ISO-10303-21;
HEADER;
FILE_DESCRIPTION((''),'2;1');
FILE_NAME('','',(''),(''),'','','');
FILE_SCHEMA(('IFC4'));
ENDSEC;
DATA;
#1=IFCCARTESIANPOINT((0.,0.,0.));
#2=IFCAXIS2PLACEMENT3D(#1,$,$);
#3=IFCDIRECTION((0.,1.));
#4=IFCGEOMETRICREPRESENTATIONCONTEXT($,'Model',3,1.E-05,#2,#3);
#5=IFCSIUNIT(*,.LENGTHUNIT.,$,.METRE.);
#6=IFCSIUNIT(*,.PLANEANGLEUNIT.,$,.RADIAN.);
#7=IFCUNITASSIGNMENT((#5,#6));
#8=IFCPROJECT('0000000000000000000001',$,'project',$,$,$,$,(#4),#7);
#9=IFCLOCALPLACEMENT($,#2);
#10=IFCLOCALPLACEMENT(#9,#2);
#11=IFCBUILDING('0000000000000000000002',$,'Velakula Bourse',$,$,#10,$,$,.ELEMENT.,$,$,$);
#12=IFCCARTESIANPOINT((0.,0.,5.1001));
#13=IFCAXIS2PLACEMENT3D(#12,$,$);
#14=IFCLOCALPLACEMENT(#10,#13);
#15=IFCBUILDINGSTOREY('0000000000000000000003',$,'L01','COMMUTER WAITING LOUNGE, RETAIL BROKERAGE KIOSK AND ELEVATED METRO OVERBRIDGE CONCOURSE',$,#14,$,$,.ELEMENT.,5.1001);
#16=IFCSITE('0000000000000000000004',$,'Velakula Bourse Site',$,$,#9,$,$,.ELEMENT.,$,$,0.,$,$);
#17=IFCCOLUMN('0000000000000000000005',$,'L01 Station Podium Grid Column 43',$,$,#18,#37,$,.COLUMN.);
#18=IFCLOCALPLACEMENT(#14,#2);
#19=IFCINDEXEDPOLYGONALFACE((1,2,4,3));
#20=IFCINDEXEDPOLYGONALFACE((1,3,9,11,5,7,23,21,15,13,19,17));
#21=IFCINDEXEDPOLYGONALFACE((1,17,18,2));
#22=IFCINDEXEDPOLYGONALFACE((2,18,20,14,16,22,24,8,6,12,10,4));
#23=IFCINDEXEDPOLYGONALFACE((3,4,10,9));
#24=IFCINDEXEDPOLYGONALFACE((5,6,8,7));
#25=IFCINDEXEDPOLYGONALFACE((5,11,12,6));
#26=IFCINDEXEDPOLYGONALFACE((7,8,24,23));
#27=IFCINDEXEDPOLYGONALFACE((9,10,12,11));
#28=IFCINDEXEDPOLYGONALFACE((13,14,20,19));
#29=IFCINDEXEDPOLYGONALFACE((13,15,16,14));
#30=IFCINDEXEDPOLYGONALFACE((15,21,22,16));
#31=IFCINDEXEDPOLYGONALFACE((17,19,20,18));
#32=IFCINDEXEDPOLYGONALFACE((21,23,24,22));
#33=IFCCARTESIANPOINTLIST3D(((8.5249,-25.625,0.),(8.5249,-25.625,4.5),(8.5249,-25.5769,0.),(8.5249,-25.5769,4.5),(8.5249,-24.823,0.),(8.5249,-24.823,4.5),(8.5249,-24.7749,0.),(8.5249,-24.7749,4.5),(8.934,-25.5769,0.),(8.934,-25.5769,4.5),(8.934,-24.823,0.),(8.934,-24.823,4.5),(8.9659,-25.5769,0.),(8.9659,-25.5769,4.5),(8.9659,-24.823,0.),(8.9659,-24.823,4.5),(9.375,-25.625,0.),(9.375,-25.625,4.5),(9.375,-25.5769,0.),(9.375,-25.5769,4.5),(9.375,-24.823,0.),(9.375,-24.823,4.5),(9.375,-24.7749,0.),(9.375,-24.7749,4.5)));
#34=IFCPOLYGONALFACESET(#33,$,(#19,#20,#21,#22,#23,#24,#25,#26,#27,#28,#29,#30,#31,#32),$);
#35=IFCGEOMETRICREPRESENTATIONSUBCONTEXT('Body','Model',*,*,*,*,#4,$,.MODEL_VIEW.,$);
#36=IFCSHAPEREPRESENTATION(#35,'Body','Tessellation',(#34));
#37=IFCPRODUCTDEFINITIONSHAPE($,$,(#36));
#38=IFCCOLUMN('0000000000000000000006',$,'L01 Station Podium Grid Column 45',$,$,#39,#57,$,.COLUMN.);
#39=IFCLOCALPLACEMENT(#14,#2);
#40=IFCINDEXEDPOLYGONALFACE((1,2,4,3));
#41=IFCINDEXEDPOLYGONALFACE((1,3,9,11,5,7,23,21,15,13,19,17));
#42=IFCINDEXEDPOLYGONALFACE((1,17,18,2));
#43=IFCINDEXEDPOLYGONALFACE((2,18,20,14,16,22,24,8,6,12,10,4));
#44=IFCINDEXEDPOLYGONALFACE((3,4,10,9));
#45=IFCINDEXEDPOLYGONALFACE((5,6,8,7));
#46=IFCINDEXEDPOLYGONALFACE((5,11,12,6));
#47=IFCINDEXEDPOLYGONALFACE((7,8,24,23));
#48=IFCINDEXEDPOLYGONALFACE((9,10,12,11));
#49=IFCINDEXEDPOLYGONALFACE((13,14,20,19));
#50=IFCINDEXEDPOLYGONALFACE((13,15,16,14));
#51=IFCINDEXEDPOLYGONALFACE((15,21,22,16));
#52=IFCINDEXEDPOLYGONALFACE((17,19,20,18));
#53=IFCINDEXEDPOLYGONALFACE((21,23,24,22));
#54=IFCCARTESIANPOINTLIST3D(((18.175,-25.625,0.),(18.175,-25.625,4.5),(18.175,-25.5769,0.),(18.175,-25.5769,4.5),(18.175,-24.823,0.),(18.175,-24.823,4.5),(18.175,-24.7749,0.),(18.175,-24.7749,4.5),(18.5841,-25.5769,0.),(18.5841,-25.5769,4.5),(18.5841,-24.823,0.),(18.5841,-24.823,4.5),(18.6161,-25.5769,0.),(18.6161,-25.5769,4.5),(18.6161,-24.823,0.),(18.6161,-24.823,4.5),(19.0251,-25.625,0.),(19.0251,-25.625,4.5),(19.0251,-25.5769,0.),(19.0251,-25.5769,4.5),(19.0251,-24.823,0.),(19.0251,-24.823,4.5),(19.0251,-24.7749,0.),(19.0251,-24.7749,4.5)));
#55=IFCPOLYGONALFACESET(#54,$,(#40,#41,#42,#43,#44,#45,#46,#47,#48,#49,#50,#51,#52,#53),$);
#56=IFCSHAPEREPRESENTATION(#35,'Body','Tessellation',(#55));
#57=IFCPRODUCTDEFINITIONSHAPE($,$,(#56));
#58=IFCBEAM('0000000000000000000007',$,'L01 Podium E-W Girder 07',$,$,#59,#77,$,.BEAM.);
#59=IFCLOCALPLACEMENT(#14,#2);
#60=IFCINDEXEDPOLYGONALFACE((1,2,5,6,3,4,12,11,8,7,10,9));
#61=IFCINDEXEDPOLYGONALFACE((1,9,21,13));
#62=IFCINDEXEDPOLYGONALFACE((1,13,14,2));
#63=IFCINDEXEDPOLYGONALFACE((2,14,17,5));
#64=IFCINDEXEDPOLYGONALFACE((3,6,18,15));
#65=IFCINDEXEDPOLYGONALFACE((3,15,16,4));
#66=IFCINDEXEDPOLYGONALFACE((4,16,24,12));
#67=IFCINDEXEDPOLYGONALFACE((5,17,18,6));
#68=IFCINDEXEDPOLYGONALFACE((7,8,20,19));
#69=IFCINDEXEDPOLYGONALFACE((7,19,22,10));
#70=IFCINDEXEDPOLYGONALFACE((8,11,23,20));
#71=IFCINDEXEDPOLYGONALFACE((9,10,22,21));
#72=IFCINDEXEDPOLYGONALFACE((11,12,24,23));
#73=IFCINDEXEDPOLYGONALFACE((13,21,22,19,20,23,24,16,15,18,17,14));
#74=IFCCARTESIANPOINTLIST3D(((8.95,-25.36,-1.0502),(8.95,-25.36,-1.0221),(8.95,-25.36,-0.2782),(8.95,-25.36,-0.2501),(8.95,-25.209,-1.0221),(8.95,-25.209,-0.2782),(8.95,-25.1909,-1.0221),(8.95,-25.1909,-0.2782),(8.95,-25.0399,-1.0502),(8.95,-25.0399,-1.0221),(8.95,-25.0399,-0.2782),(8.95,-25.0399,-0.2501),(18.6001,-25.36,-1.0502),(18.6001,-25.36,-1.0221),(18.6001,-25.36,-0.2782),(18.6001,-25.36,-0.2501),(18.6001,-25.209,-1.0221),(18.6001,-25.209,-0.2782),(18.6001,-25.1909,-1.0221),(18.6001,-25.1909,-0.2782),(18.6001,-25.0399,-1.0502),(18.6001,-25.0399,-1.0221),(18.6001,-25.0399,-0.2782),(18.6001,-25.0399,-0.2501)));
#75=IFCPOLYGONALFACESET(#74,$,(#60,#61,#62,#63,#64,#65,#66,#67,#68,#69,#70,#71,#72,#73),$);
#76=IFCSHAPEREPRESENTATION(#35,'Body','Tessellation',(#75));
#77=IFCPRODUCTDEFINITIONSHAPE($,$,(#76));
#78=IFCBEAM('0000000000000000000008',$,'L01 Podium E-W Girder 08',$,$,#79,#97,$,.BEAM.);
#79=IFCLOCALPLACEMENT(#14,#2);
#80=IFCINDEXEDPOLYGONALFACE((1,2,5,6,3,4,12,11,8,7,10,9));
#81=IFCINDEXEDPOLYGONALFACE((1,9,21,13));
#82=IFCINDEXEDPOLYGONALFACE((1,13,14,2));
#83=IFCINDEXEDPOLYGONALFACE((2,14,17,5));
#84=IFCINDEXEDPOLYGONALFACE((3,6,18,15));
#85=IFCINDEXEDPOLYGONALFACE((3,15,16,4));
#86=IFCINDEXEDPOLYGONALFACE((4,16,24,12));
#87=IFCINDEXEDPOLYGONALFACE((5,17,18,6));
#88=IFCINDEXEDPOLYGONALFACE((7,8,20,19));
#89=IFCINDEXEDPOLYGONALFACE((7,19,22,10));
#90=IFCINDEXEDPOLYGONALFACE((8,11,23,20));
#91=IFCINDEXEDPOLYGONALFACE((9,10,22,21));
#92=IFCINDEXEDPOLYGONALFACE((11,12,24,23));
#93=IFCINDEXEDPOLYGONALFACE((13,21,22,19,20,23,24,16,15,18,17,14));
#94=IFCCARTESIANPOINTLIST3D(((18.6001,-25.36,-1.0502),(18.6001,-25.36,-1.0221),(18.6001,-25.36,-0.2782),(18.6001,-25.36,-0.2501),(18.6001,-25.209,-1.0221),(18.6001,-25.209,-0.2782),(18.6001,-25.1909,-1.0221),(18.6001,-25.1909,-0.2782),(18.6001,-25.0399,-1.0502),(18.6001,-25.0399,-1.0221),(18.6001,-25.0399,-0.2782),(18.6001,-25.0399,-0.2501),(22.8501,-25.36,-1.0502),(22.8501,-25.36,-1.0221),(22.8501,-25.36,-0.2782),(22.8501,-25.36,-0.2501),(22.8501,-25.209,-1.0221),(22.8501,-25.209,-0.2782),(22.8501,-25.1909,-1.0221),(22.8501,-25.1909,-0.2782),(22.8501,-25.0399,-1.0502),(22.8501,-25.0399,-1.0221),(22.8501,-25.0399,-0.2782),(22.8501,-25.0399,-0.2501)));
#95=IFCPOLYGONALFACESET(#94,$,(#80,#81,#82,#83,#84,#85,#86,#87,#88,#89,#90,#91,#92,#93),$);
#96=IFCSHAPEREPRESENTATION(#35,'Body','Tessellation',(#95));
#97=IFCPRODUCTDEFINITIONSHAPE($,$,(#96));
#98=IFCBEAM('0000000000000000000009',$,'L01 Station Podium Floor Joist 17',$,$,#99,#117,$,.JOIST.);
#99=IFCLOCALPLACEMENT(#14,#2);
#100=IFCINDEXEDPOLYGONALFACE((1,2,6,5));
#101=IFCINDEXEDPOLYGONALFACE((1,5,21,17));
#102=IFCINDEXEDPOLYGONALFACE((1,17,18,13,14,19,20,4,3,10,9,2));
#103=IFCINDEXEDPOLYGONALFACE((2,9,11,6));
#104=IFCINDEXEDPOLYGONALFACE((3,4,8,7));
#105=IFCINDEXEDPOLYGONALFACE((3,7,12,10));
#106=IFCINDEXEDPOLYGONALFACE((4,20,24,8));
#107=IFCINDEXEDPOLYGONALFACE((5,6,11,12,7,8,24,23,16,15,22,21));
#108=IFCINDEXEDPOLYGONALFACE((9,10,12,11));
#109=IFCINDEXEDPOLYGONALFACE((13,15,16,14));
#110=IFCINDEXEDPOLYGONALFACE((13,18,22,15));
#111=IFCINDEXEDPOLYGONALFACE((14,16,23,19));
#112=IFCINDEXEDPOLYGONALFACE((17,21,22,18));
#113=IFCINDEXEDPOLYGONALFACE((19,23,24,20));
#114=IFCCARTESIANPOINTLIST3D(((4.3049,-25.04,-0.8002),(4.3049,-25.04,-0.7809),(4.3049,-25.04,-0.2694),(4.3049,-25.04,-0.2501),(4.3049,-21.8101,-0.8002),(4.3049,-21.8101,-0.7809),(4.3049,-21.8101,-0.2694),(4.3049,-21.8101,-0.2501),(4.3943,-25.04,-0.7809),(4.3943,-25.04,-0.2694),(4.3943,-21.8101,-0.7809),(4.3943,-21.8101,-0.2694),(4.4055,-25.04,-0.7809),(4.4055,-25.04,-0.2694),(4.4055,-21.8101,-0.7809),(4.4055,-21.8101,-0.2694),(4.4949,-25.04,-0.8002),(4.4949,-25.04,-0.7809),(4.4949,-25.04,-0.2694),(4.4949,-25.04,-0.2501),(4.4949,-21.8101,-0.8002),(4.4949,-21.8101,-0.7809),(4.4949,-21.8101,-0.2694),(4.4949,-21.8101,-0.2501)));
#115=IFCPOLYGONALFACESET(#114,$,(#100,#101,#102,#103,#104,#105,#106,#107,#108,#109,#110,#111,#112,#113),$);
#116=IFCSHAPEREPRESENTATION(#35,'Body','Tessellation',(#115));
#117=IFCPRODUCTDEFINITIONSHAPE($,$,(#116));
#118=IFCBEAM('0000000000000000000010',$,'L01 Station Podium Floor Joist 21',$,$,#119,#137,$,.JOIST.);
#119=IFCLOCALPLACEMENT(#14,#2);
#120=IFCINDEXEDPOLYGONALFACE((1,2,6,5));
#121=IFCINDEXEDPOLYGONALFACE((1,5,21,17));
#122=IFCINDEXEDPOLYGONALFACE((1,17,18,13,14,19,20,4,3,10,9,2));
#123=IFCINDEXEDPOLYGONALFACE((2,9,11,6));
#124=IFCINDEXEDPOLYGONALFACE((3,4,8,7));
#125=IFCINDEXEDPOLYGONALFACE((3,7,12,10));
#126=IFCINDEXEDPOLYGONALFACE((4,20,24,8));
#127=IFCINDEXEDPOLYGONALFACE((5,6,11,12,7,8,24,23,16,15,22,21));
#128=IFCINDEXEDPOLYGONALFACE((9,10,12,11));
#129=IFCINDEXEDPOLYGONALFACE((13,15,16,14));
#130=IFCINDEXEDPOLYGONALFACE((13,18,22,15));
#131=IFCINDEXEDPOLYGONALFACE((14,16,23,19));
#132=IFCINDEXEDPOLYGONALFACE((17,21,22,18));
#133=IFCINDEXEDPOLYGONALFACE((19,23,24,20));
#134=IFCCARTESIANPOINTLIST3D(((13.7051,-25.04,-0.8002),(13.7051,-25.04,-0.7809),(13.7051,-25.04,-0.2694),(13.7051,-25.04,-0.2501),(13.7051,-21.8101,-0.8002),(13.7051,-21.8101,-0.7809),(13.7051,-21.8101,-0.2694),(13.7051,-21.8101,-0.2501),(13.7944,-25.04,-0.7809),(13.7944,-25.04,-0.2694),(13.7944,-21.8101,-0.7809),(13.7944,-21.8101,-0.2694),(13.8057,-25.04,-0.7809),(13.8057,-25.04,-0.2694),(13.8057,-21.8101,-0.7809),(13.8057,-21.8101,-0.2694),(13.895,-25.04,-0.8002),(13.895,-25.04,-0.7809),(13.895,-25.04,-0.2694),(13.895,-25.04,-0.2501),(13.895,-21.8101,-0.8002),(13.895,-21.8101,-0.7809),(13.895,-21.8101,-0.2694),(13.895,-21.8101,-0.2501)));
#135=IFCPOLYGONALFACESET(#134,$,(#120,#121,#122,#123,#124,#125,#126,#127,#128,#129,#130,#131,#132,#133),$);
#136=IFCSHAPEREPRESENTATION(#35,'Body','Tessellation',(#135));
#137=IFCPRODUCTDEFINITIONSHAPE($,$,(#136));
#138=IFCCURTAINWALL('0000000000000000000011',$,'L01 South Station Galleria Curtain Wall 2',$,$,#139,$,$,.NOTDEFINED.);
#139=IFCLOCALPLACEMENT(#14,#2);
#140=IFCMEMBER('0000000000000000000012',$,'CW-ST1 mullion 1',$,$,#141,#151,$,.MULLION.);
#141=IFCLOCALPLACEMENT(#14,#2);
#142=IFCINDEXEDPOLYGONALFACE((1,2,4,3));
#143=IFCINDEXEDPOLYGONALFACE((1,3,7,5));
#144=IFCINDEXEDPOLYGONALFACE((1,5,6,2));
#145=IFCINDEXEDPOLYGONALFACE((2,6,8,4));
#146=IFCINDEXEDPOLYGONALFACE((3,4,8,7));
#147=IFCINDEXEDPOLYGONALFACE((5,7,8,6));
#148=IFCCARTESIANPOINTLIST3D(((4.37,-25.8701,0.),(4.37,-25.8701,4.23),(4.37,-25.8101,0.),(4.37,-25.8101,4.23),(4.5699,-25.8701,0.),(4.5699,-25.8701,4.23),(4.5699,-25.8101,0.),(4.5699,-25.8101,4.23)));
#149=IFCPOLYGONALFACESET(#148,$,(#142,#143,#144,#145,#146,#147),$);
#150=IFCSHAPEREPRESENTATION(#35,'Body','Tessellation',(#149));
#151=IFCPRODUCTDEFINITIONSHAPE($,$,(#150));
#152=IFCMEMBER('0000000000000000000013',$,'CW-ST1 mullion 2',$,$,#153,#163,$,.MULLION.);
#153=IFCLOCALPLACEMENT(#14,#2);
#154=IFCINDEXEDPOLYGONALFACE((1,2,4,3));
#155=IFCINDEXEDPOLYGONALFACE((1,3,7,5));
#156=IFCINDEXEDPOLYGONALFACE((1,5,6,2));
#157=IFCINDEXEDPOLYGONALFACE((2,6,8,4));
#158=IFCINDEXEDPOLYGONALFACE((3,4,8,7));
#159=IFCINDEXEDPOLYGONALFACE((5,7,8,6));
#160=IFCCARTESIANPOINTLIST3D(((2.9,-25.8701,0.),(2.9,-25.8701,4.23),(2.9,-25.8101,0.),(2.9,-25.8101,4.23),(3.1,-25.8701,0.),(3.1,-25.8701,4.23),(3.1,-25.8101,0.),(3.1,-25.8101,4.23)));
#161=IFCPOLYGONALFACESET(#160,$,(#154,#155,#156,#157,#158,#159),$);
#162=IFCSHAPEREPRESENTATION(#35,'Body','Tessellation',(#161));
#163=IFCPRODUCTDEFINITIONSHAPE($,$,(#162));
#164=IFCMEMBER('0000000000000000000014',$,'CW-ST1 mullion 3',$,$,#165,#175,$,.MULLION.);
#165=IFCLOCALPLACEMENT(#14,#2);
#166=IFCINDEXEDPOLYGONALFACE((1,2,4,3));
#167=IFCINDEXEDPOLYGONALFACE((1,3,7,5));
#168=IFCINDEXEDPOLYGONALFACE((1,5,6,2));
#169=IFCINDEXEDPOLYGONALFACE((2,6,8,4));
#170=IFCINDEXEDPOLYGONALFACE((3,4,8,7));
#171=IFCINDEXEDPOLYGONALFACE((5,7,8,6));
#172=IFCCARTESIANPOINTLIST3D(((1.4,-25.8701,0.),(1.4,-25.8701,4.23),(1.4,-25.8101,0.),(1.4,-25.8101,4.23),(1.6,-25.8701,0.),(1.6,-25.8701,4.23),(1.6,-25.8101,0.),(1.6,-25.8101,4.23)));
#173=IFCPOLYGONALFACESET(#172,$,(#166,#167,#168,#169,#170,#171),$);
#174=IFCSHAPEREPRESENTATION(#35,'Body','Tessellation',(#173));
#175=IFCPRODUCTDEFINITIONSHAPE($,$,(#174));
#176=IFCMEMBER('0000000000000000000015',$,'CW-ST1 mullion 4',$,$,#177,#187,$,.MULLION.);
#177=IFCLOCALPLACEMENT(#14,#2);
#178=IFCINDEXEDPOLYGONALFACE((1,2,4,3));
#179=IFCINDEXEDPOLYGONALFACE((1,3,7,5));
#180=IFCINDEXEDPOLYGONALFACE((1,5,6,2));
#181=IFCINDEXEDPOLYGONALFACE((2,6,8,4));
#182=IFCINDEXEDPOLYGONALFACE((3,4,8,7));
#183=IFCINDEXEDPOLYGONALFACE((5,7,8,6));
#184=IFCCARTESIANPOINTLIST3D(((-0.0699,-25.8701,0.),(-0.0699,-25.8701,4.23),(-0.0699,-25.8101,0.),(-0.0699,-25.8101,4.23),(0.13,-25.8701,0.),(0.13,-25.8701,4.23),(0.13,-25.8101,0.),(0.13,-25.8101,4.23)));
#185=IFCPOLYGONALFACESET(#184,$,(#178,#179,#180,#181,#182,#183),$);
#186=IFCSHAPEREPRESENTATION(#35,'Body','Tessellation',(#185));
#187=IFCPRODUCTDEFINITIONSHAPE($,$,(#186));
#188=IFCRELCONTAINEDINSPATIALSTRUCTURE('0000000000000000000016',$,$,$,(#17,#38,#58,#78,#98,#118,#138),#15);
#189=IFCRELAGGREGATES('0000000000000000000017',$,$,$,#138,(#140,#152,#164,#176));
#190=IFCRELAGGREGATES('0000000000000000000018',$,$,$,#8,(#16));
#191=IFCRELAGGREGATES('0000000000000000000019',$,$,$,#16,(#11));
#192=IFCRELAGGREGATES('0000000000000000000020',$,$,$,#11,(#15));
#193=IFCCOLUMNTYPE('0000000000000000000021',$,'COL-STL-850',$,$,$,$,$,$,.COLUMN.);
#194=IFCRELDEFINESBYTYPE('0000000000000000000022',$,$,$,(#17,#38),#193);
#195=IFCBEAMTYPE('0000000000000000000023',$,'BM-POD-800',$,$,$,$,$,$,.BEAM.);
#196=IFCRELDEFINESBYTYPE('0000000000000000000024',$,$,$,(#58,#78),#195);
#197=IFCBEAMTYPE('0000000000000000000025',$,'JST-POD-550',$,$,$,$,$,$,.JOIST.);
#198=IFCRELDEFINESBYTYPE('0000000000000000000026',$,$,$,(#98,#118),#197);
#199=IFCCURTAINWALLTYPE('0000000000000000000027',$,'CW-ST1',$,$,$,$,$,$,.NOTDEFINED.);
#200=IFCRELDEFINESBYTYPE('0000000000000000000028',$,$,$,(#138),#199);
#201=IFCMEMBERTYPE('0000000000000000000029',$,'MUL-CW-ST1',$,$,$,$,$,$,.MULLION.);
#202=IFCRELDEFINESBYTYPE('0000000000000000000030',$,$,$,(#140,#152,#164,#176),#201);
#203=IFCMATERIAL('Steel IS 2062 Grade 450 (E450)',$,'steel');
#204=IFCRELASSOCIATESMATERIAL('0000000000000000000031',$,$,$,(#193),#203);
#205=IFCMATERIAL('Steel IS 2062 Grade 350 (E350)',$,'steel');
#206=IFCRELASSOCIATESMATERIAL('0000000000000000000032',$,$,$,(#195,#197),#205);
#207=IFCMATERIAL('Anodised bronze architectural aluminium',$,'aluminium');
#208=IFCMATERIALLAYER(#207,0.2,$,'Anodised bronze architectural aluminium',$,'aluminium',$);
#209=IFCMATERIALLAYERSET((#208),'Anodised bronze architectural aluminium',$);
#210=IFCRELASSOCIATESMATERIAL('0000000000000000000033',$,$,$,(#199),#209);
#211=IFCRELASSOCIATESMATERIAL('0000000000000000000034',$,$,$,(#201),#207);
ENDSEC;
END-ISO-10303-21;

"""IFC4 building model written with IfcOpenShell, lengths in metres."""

from ifc_helpers import new_model, si_unit, direction, frame, origin, origin_2d, place, context, subcontext, project, spatial, rectangle, i_section, extrude, material, layer, layer_set, material_profile, profile_set, type_object, element, aggregate, save


model = new_model("IFC4")

# Units and contexts
model_context = context("Model", 3, precision=1e-05, world=origin(), true_north=direction((0.0, 1.0)))
body_context = subcontext(model_context, "Body", "Model", "MODEL_VIEW")
ifc_project = project(units=[si_unit("LENGTHUNIT", "METRE"), si_unit("PLANEANGLEUNIT", "RADIAN")], contexts=[model_context])

# Site, building, storey
site_placement = place(None, origin())
site = spatial("IfcSite", under=ifc_project, at=site_placement, Name="Velakula Bourse Site", CompositionType="ELEMENT", RefElevation=0.0)
building_placement = place(site_placement, origin())
building = spatial("IfcBuilding", under=site, at=building_placement, Name="Velakula Bourse", CompositionType="ELEMENT")
storey_placement = place(building_placement, frame((0.0, 0.0, 5.1001)))
storey = spatial("IfcBuildingStorey", under=building, at=storey_placement, Name="L01", Description="COMMUTER WAITING LOUNGE, RETAIL BROKERAGE KIOSK AND ELEVATED METRO OVERBRIDGE CONCOURSE", CompositionType="ELEMENT", Elevation=5.1001)

# Columns
ifc_material_1 = material(Name="Steel IS 2062 Grade 450 (E450)", Category="steel")
ifc_material_profile_1 = material_profile(ifc_material_1, i_section(OverallWidth=0.8501, OverallDepth=0.8501, WebThickness=0.032, FlangeThickness=0.0481, at=origin_2d()), Name="Steel IS 2062 Grade 450 (E450)")
ifc_profile_set_1 = profile_set([ifc_material_profile_1], Name="Steel IS 2062 Grade 450 (E450)")
column_type = type_object("IfcColumnType", Name="COL-STL-850", PredefinedType="COLUMN", material=ifc_profile_set_1)
for number, where, z_axis, x_axis, name in (
    (1, (8.95, -25.2, 0.0), (0.0, 0.0, 1.0), (1.0, 0.0, 0.0), "L01 Station Podium Grid Column 43"),
    (2, (18.6001, -25.2, 0.0), (0.0, 0.0, 1.0), (1.0, 0.0, 0.0), "L01 Station Podium Grid Column 45"),
):
    element("IfcColumn", number, at=place(storey_placement, frame(where, z_axis=z_axis, x_axis=x_axis)), inside=storey, type_object=column_type, Name=name, PredefinedType="COLUMN", context=body_context, shape_type="SweptSolid", body=[
        extrude(i_section(OverallWidth=0.8501, OverallDepth=0.8501, WebThickness=0.032, FlangeThickness=0.0481, at=origin_2d()), origin(), (0.0, 0.0, 1.0), 4.5),
    ])

# Beams
ifc_material_2 = material(Name="Steel IS 2062 Grade 350 (E350)", Category="steel")
ifc_material_profile_2 = material_profile(ifc_material_2, i_section(OverallWidth=0.3201, OverallDepth=0.8, WebThickness=0.0181, FlangeThickness=0.0281, at=origin_2d()), Name="Steel IS 2062 Grade 350 (E350)")
ifc_profile_set_2 = profile_set([ifc_material_profile_2], Name="Steel IS 2062 Grade 350 (E350)")
beam_type_1 = type_object("IfcBeamType", Name="BM-POD-800", PredefinedType="BEAM", material=ifc_profile_set_2)
beam_1_placement = place(storey_placement, frame((8.95, -25.2, -0.6501), z_axis=(1.0, 0.0, 0.0), x_axis=(0.0, 1.0, 0.0)))
element("IfcBeam", 3, at=beam_1_placement, inside=storey, type_object=beam_type_1, Name="L01 Podium E-W Girder 07", PredefinedType="BEAM", context=body_context, shape_type="SweptSolid", body=[
    extrude(i_section(OverallWidth=0.3201, OverallDepth=0.8, WebThickness=0.0181, FlangeThickness=0.0281, at=origin_2d()), origin(), (0.0, 0.0, 1.0), 9.6501),
])
beam_2_placement = place(storey_placement, frame((18.6001, -25.2, -0.6501), z_axis=(1.0, 0.0, 0.0), x_axis=(0.0, 1.0, 0.0)))
element("IfcBeam", 4, at=beam_2_placement, inside=storey, type_object=beam_type_1, Name="L01 Podium E-W Girder 08", PredefinedType="BEAM", context=body_context, shape_type="SweptSolid", body=[
    extrude(i_section(OverallWidth=0.3201, OverallDepth=0.8, WebThickness=0.0181, FlangeThickness=0.0281, at=origin_2d()), origin(), (0.0, 0.0, 1.0), 4.25),
])
ifc_material_profile_3 = material_profile(ifc_material_2, i_section(OverallWidth=0.1899, OverallDepth=0.55, WebThickness=0.0112, FlangeThickness=0.0193, at=origin_2d()), Name="Steel IS 2062 Grade 350 (E350)")
ifc_profile_set_3 = profile_set([ifc_material_profile_3], Name="Steel IS 2062 Grade 350 (E350)")
beam_type_2 = type_object("IfcBeamType", Name="JST-POD-550", PredefinedType="JOIST", material=ifc_profile_set_3)
for number, where, z_axis, x_axis, name in (
    (5, (4.3999, -25.04, -0.5251), (0.0, 1.0, 0.0), (-1.0, 0.0, 0.0), "L01 Station Podium Floor Joist 17"),
    (6, (13.8, -25.04, -0.5251), (0.0, 1.0, 0.0), (-1.0, 0.0, 0.0), "L01 Station Podium Floor Joist 21"),
):
    element("IfcBeam", number, at=place(storey_placement, frame(where, z_axis=z_axis, x_axis=x_axis)), inside=storey, type_object=beam_type_2, Name=name, PredefinedType="JOIST", context=body_context, shape_type="SweptSolid", body=[
        extrude(i_section(OverallWidth=0.1899, OverallDepth=0.55, WebThickness=0.0112, FlangeThickness=0.0193, at=origin_2d()), origin(), (0.0, 0.0, 1.0), 3.23),
    ])

# Curtain wall, members
ifc_material_3 = material(Name="Anodised bronze architectural aluminium", Category="aluminium")
ifc_layer_1 = layer(ifc_material_3, 0.2, Name="Anodised bronze architectural aluminium", Category="aluminium")
ifc_layer_set_1 = layer_set([ifc_layer_1], Name="Anodised bronze architectural aluminium")
curtain_wall_type = type_object("IfcCurtainWallType", Name="CW-ST1", PredefinedType="NOTDEFINED", material=ifc_layer_set_1)
curtain_wall_placement = place(storey_placement, origin())
curtain_wall = element("IfcCurtainWall", 7, at=curtain_wall_placement, inside=storey, type_object=curtain_wall_type, Name="L01 South Station Galleria Curtain Wall 2", PredefinedType="NOTDEFINED")
ifc_material_profile_4 = material_profile(ifc_material_3, rectangle(XDim=0.0601, YDim=0.2, at=origin_2d()), Name="Anodised bronze architectural aluminium")
ifc_profile_set_4 = profile_set([ifc_material_profile_4], Name="Anodised bronze architectural aluminium")
member_type_1 = type_object("IfcMemberType", Name="MUL-CW-ST1", PredefinedType="MULLION", material=ifc_profile_set_4)
member_1_placement = place(storey_placement, frame((4.47, -25.8401, 0.0), z_axis=(0.0, 0.0, 1.0), x_axis=(0.0, -1.0, 0.0)))
member_1 = element("IfcMember", 8, at=member_1_placement, type_object=member_type_1, Name="CW-ST1 mullion 1", PredefinedType="MULLION", context=body_context, shape_type="SweptSolid", body=[
    extrude(rectangle(XDim=0.0601, YDim=0.2, at=origin_2d()), origin(), (0.0, 0.0, 1.0), 4.23),
])
member_2_placement = place(storey_placement, frame((3.0, -25.8401, 0.0), z_axis=(0.0, 0.0, 1.0), x_axis=(0.0, -1.0, 0.0)))
member_2 = element("IfcMember", 9, at=member_2_placement, type_object=member_type_1, Name="CW-ST1 mullion 2", PredefinedType="MULLION", context=body_context, shape_type="SweptSolid", body=[
    extrude(rectangle(XDim=0.0601, YDim=0.2, at=origin_2d()), origin(), (0.0, 0.0, 1.0), 4.23),
])
member_3_placement = place(storey_placement, frame((1.5, -25.8401, 0.0), z_axis=(0.0, 0.0, 1.0), x_axis=(0.0, -1.0, 0.0)))
member_3 = element("IfcMember", 10, at=member_3_placement, type_object=member_type_1, Name="CW-ST1 mullion 3", PredefinedType="MULLION", context=body_context, shape_type="SweptSolid", body=[
    extrude(rectangle(XDim=0.0601, YDim=0.2, at=origin_2d()), origin(), (0.0, 0.0, 1.0), 4.23),
])
member_4_placement = place(storey_placement, frame((0.03, -25.8401, 0.0), z_axis=(0.0, 0.0, 1.0), x_axis=(0.0, -1.0, 0.0)))
member_4 = element("IfcMember", 11, at=member_4_placement, type_object=member_type_1, Name="CW-ST1 mullion 4", PredefinedType="MULLION", context=body_context, shape_type="SweptSolid", body=[
    extrude(rectangle(XDim=0.0601, YDim=0.2, at=origin_2d()), origin(), (0.0, 0.0, 1.0), 4.23),
])
aggregate(curtain_wall, [member_1, member_2, member_3, member_4])

save(model, "model.ifc")
